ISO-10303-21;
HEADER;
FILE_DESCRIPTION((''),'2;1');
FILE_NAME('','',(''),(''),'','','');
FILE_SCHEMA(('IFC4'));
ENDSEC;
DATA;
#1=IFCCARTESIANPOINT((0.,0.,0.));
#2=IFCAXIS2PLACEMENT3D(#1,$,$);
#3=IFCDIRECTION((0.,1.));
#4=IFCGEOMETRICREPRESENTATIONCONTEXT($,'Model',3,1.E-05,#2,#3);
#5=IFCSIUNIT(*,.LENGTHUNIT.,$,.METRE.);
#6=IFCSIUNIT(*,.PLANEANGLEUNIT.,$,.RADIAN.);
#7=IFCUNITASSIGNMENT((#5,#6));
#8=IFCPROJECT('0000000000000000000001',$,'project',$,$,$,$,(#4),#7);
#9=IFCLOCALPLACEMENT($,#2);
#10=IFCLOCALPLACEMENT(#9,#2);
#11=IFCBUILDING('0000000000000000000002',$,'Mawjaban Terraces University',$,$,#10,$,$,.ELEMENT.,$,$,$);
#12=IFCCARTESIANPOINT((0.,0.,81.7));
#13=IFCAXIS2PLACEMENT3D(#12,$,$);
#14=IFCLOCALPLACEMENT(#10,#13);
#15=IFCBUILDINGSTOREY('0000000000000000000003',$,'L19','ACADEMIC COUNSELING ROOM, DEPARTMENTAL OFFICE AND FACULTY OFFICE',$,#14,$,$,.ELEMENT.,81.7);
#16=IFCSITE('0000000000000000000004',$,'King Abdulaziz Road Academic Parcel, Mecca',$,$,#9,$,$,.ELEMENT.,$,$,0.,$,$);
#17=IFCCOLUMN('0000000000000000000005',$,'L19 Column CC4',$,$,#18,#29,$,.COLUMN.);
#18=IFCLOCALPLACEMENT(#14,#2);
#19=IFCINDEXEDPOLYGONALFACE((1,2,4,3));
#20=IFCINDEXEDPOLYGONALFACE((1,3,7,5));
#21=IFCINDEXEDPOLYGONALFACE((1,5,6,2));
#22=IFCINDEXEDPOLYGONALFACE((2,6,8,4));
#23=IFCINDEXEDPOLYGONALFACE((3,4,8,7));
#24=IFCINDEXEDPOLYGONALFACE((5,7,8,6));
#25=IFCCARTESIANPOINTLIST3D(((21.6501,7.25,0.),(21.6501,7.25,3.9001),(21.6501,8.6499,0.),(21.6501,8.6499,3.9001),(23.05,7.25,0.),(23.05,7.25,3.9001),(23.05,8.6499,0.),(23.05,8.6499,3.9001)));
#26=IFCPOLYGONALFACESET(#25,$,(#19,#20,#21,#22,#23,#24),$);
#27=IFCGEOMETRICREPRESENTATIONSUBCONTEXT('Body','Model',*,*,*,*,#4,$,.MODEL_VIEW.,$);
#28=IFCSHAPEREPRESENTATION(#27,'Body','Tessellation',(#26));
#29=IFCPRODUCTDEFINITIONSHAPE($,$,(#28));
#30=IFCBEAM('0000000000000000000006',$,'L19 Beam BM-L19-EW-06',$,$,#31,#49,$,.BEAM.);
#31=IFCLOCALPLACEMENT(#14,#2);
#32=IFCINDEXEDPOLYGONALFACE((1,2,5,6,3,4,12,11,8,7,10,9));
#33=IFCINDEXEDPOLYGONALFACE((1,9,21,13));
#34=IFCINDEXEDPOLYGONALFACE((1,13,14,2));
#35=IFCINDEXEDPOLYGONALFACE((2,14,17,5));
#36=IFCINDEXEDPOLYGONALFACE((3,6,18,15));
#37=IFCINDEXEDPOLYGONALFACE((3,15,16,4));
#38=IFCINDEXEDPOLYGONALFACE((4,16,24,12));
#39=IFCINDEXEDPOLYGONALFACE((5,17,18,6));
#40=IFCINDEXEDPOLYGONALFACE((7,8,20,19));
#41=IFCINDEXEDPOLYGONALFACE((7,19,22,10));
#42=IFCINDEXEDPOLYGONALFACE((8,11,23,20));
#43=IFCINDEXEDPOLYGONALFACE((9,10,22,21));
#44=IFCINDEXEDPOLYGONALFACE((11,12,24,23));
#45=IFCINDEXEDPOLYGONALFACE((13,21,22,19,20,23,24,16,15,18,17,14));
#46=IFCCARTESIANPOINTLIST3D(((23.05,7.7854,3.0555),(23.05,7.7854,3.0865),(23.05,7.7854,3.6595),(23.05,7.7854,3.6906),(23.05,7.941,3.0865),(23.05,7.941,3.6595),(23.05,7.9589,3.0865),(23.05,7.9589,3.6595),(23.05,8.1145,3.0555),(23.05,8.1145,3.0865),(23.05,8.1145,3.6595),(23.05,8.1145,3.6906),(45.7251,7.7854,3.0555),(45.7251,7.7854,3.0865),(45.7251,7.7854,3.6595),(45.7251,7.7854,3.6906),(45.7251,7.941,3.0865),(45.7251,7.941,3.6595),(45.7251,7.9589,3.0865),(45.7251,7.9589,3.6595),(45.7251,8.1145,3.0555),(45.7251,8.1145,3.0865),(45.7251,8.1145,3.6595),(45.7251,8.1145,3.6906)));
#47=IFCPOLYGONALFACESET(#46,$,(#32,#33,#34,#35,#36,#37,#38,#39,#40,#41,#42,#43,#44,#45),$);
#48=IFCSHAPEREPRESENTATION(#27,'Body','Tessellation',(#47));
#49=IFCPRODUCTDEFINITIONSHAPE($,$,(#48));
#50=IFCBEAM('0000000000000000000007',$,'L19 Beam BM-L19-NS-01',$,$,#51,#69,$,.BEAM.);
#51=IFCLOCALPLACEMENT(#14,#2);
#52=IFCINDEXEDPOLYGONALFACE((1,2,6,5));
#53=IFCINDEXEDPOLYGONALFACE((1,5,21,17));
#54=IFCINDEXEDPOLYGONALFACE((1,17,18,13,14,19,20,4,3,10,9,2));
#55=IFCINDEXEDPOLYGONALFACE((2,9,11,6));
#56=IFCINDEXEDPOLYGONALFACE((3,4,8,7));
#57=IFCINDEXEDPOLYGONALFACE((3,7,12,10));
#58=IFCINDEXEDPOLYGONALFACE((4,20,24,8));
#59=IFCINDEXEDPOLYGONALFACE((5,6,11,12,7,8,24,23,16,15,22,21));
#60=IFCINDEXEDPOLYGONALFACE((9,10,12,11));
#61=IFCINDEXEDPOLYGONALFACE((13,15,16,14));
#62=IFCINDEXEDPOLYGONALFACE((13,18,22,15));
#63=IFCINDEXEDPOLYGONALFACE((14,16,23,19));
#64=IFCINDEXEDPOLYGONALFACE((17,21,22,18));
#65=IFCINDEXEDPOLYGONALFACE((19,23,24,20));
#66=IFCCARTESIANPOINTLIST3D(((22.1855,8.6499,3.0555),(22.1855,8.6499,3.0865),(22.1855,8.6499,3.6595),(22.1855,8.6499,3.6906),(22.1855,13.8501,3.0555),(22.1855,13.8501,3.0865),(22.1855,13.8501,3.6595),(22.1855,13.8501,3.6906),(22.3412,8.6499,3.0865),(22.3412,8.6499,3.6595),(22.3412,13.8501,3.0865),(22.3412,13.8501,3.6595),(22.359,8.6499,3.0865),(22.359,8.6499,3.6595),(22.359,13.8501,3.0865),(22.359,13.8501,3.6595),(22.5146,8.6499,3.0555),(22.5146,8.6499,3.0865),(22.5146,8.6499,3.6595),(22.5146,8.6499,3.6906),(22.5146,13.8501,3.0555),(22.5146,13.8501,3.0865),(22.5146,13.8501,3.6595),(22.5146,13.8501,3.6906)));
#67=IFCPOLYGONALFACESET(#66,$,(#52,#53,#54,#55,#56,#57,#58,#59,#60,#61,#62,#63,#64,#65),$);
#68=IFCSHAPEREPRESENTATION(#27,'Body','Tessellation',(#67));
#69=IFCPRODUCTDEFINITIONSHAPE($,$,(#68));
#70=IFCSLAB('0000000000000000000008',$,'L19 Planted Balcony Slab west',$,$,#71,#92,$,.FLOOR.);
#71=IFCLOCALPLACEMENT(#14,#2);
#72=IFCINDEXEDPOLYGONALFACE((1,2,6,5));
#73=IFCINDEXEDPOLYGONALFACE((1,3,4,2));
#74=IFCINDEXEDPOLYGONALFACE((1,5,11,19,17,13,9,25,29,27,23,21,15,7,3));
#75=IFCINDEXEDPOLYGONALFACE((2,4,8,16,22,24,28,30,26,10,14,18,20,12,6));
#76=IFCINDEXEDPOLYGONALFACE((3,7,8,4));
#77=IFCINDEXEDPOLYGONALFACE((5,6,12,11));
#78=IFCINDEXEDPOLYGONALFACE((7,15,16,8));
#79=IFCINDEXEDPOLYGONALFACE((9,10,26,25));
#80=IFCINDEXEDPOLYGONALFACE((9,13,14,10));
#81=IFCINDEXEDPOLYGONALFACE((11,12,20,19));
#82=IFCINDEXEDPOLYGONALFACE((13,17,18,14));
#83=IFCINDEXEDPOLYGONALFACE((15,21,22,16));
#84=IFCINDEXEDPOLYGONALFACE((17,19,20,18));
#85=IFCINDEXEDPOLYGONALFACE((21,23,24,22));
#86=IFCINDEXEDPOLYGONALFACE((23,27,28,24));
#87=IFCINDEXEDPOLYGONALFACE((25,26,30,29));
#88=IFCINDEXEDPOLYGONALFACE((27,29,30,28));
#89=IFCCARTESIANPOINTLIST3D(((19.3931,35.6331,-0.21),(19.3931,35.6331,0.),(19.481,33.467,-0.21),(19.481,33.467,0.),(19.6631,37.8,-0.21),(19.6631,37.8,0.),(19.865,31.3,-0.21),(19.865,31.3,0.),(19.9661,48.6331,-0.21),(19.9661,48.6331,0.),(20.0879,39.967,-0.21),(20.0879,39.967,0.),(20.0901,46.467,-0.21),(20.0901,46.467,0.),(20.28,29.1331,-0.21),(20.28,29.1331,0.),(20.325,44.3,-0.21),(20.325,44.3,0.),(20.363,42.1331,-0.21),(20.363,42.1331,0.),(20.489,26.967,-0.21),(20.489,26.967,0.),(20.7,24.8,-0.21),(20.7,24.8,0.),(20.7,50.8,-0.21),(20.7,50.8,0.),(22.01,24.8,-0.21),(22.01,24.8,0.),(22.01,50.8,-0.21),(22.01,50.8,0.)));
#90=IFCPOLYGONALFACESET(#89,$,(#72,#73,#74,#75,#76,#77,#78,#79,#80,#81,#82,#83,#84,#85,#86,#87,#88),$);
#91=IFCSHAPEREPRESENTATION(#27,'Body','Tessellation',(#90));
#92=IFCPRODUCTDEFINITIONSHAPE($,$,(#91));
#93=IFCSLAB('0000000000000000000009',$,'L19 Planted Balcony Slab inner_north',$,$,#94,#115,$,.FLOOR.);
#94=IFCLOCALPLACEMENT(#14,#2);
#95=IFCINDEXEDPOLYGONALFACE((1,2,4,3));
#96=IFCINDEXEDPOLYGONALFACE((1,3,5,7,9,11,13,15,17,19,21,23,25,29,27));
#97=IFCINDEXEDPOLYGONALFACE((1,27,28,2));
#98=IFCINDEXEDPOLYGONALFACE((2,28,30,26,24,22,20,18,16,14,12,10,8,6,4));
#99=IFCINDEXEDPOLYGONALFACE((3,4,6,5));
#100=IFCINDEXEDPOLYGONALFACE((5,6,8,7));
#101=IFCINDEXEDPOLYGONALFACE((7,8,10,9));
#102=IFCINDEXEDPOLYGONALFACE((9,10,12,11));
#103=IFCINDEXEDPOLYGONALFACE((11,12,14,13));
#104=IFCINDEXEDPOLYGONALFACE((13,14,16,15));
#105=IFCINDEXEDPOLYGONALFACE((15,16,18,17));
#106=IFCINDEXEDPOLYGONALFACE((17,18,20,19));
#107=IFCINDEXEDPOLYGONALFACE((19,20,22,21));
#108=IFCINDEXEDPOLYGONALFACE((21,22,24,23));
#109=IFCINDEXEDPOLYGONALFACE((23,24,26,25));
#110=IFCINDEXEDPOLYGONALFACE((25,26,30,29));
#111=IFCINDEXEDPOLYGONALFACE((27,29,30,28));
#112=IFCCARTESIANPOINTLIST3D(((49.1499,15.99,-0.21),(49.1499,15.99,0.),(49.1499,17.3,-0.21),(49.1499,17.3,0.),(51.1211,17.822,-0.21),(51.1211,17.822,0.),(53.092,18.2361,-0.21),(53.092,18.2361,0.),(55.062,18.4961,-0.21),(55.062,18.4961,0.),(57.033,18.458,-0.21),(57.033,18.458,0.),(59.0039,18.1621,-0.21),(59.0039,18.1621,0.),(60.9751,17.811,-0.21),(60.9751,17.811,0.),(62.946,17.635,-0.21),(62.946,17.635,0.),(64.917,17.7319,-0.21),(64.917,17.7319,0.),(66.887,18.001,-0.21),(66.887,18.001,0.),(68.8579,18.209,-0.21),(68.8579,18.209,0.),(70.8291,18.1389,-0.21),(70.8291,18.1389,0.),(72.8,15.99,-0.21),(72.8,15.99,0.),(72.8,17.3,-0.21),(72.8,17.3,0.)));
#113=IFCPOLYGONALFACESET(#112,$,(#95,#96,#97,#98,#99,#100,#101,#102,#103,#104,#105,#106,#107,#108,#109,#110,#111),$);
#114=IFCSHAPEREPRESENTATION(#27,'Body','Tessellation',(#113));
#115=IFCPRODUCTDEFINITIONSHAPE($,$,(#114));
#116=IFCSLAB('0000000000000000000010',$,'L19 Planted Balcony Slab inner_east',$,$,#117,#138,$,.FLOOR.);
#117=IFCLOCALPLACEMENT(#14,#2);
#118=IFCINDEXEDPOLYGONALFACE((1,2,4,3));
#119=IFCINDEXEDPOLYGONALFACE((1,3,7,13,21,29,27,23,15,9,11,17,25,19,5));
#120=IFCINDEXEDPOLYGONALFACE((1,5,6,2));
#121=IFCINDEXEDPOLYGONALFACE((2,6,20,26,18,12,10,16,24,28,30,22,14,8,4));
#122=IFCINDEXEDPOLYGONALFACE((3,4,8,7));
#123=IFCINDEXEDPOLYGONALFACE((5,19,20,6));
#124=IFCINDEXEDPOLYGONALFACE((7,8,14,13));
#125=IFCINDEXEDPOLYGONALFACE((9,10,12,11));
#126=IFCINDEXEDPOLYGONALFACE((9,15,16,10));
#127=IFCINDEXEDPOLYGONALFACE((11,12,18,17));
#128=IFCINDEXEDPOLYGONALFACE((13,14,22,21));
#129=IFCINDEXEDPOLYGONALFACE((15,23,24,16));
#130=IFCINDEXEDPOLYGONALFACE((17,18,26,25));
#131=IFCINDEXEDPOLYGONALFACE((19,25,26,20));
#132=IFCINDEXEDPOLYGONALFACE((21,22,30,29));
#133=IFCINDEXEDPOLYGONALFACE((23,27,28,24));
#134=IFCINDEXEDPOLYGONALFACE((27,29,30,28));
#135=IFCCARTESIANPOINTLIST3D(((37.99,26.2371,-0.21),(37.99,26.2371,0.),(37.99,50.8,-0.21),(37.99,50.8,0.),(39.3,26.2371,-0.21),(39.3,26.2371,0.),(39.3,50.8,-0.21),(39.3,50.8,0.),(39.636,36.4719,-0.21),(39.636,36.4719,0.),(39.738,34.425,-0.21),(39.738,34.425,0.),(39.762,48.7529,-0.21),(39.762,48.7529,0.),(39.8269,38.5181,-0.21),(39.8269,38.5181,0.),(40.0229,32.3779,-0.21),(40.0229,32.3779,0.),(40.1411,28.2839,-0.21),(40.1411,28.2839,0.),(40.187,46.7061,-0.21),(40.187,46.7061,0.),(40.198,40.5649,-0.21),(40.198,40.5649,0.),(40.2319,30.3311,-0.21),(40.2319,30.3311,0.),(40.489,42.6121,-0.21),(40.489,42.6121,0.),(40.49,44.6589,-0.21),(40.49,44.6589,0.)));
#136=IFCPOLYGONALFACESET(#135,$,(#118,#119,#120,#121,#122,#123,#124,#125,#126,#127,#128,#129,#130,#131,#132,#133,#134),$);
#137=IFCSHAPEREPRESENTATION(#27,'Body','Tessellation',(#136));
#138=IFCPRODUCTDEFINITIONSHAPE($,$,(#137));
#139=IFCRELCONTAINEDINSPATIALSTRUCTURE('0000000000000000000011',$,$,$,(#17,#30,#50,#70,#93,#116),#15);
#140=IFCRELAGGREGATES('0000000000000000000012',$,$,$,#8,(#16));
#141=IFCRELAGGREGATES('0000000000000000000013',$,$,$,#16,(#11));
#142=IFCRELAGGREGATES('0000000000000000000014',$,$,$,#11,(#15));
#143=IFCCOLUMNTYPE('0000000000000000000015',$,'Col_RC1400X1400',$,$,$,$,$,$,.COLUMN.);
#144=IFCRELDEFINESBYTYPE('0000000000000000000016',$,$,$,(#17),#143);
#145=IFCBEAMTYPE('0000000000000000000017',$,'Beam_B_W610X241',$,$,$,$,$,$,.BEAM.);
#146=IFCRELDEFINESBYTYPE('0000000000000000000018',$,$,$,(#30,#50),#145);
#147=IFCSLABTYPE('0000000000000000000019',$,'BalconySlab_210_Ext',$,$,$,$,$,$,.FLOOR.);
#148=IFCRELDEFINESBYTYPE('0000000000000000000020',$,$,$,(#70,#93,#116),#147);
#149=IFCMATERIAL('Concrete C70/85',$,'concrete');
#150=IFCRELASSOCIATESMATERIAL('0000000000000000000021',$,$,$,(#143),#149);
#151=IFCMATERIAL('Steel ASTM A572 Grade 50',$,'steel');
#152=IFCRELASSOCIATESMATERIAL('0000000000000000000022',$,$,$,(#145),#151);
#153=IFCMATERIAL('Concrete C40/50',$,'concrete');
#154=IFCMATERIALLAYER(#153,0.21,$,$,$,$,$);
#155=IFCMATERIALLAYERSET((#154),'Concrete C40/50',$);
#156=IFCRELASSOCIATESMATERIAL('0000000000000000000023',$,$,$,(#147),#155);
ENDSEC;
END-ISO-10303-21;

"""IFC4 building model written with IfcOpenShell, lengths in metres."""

from ifc_helpers import new_model, si_unit, direction, frame, origin, origin_2d, place, context, subcontext, project, spatial, polyline, rectangle, i_section, outline, extrude, material, layer, layer_set, material_profile, profile_set, type_object, element, save


model = new_model("IFC4")

# Units and contexts
model_context = context("Model", 3, precision=1e-05, world=origin(), true_north=direction((0.0, 1.0)))
body_context = subcontext(model_context, "Body", "Model", "MODEL_VIEW")
ifc_project = project(units=[si_unit("LENGTHUNIT", "METRE"), si_unit("PLANEANGLEUNIT", "RADIAN")], contexts=[model_context])

# Site, building, storey
site_placement = place(None, origin())
site = spatial("IfcSite", under=ifc_project, at=site_placement, Name="King Abdulaziz Road Academic Parcel, Mecca", CompositionType="ELEMENT", RefElevation=0.0)
building_placement = place(site_placement, origin())
building = spatial("IfcBuilding", under=site, at=building_placement, Name="Mawjaban Terraces University", CompositionType="ELEMENT")
storey_placement = place(building_placement, frame((0.0, 0.0, 81.7)))
storey = spatial("IfcBuildingStorey", under=building, at=storey_placement, Name="L19", Description="ACADEMIC COUNSELING ROOM, DEPARTMENTAL OFFICE AND FACULTY OFFICE", CompositionType="ELEMENT", Elevation=81.7)

# Column
ifc_material_1 = material(Name="Concrete C70/85", Category="concrete")
ifc_material_profile_1 = material_profile(ifc_material_1, rectangle(XDim=1.3999, YDim=1.3999, at=origin_2d()), Name="RC1400X1400")
ifc_profile_set_1 = profile_set([ifc_material_profile_1], Name="Concrete C70/85")
column_type = type_object("IfcColumnType", Name="Col_RC1400X1400", PredefinedType="COLUMN", material=ifc_profile_set_1)
column_placement = place(storey_placement, frame((22.3501, 7.95, 0.0), z_axis=(0.0, 0.0, 1.0), x_axis=(1.0, 0.0, 0.0)))
element("IfcColumn", 1, at=column_placement, inside=storey, type_object=column_type, Name="L19 Column CC4", PredefinedType="COLUMN", context=body_context, shape_type="SweptSolid", body=[
    extrude(rectangle(XDim=1.3999, YDim=1.3999, at=origin_2d()), origin(), (0.0, 0.0, 1.0), 3.9001),
])

# Beams
ifc_material_2 = material(Name="Steel ASTM A572 Grade 50", Category="steel")
ifc_material_profile_2 = material_profile(ifc_material_2, i_section(OverallWidth=0.3291, OverallDepth=0.635, WebThickness=0.0178, FlangeThickness=0.031, at=origin_2d()), Name="W610X241")
ifc_profile_set_2 = profile_set([ifc_material_profile_2], Name="Steel ASTM A572 Grade 50")
beam_type = type_object("IfcBeamType", Name="Beam_B_W610X241", PredefinedType="BEAM", material=ifc_profile_set_2)
beam_1_placement = place(storey_placement, frame((23.05, 7.95, 3.373), z_axis=(1.0, 0.0, 0.0), x_axis=(0.0, 1.0, 0.0)))
element("IfcBeam", 2, at=beam_1_placement, inside=storey, type_object=beam_type, Name="L19 Beam BM-L19-EW-06", PredefinedType="BEAM", context=body_context, shape_type="SweptSolid", body=[
    extrude(i_section(OverallWidth=0.3291, OverallDepth=0.635, WebThickness=0.0178, FlangeThickness=0.031, at=origin_2d()), origin(), (0.0, 0.0, 1.0), 22.675),
])
beam_2_placement = place(storey_placement, frame((22.3501, 8.6499, 3.373), z_axis=(0.0, 1.0, 0.0), x_axis=(-1.0, 0.0, 0.0)))
element("IfcBeam", 3, at=beam_2_placement, inside=storey, type_object=beam_type, Name="L19 Beam BM-L19-NS-01", PredefinedType="BEAM", context=body_context, shape_type="SweptSolid", body=[
    extrude(i_section(OverallWidth=0.3291, OverallDepth=0.635, WebThickness=0.0178, FlangeThickness=0.031, at=origin_2d()), origin(), (0.0, 0.0, 1.0), 5.2002),
])

# Slabs
ifc_material_3 = material(Name="Concrete C40/50", Category="concrete")
ifc_layer_1 = layer(ifc_material_3, 0.21)
ifc_layer_set_1 = layer_set([ifc_layer_1], Name="Concrete C40/50")
slab_type_1 = type_object("IfcSlabType", Name="BalconySlab_210_Ext", PredefinedType="FLOOR", material=ifc_layer_set_1)
slab_1_placement = place(storey_placement, frame((0.0, 0.0, -0.21)))
element("IfcSlab", 4, at=slab_1_placement, inside=storey, type_object=slab_type_1, Name="L19 Planted Balcony Slab west", PredefinedType="FLOOR", context=body_context, shape_type="SweptSolid", body=[
    extrude(outline(polyline([(22.01, 24.8), (22.01, 50.8), (20.7, 50.8), (19.9661, 48.6331), (20.0901, 46.467), (20.325, 44.3), (20.363, 42.1331), (20.0879, 39.967), (19.6631, 37.8), (19.3931, 35.6331), (19.481, 33.467), (19.865, 31.3), (20.28, 29.1331), (20.489, 26.967), (20.7, 24.8), (22.01, 24.8)])), origin(), (0.0, 0.0, 1.0), 0.21),
])
slab_2_placement = place(storey_placement, frame((0.0, 0.0, -0.21)))
element("IfcSlab", 5, at=slab_2_placement, inside=storey, type_object=slab_type_1, Name="L19 Planted Balcony Slab inner_north", PredefinedType="FLOOR", context=body_context, shape_type="SweptSolid", body=[
    extrude(outline(polyline([(49.1499, 15.99), (72.8, 15.99), (72.8, 17.3), (70.8291, 18.1389), (68.8579, 18.209), (66.887, 18.001), (64.917, 17.7319), (62.946, 17.635), (60.9751, 17.811), (59.0039, 18.1621), (57.033, 18.458), (55.062, 18.4961), (53.092, 18.2361), (51.1211, 17.822), (49.1499, 17.3), (49.1499, 15.99)])), origin(), (0.0, 0.0, 1.0), 0.21),
])
slab_3_placement = place(storey_placement, frame((0.0, 0.0, -0.21)))
element("IfcSlab", 6, at=slab_3_placement, inside=storey, type_object=slab_type_1, Name="L19 Planted Balcony Slab inner_east", PredefinedType="FLOOR", context=body_context, shape_type="SweptSolid", body=[
    extrude(outline(polyline([(39.3, 26.2371), (40.1411, 28.2839), (40.2319, 30.3311), (40.0229, 32.3779), (39.738, 34.425), (39.636, 36.4719), (39.8269, 38.5181), (40.198, 40.5649), (40.489, 42.6121), (40.49, 44.6589), (40.187, 46.7061), (39.762, 48.7529), (39.3, 50.8), (37.99, 50.8), (37.99, 26.2371), (39.3, 26.2371)])), origin(), (0.0, 0.0, 1.0), 0.21),
])

save(model, "model.ifc")
